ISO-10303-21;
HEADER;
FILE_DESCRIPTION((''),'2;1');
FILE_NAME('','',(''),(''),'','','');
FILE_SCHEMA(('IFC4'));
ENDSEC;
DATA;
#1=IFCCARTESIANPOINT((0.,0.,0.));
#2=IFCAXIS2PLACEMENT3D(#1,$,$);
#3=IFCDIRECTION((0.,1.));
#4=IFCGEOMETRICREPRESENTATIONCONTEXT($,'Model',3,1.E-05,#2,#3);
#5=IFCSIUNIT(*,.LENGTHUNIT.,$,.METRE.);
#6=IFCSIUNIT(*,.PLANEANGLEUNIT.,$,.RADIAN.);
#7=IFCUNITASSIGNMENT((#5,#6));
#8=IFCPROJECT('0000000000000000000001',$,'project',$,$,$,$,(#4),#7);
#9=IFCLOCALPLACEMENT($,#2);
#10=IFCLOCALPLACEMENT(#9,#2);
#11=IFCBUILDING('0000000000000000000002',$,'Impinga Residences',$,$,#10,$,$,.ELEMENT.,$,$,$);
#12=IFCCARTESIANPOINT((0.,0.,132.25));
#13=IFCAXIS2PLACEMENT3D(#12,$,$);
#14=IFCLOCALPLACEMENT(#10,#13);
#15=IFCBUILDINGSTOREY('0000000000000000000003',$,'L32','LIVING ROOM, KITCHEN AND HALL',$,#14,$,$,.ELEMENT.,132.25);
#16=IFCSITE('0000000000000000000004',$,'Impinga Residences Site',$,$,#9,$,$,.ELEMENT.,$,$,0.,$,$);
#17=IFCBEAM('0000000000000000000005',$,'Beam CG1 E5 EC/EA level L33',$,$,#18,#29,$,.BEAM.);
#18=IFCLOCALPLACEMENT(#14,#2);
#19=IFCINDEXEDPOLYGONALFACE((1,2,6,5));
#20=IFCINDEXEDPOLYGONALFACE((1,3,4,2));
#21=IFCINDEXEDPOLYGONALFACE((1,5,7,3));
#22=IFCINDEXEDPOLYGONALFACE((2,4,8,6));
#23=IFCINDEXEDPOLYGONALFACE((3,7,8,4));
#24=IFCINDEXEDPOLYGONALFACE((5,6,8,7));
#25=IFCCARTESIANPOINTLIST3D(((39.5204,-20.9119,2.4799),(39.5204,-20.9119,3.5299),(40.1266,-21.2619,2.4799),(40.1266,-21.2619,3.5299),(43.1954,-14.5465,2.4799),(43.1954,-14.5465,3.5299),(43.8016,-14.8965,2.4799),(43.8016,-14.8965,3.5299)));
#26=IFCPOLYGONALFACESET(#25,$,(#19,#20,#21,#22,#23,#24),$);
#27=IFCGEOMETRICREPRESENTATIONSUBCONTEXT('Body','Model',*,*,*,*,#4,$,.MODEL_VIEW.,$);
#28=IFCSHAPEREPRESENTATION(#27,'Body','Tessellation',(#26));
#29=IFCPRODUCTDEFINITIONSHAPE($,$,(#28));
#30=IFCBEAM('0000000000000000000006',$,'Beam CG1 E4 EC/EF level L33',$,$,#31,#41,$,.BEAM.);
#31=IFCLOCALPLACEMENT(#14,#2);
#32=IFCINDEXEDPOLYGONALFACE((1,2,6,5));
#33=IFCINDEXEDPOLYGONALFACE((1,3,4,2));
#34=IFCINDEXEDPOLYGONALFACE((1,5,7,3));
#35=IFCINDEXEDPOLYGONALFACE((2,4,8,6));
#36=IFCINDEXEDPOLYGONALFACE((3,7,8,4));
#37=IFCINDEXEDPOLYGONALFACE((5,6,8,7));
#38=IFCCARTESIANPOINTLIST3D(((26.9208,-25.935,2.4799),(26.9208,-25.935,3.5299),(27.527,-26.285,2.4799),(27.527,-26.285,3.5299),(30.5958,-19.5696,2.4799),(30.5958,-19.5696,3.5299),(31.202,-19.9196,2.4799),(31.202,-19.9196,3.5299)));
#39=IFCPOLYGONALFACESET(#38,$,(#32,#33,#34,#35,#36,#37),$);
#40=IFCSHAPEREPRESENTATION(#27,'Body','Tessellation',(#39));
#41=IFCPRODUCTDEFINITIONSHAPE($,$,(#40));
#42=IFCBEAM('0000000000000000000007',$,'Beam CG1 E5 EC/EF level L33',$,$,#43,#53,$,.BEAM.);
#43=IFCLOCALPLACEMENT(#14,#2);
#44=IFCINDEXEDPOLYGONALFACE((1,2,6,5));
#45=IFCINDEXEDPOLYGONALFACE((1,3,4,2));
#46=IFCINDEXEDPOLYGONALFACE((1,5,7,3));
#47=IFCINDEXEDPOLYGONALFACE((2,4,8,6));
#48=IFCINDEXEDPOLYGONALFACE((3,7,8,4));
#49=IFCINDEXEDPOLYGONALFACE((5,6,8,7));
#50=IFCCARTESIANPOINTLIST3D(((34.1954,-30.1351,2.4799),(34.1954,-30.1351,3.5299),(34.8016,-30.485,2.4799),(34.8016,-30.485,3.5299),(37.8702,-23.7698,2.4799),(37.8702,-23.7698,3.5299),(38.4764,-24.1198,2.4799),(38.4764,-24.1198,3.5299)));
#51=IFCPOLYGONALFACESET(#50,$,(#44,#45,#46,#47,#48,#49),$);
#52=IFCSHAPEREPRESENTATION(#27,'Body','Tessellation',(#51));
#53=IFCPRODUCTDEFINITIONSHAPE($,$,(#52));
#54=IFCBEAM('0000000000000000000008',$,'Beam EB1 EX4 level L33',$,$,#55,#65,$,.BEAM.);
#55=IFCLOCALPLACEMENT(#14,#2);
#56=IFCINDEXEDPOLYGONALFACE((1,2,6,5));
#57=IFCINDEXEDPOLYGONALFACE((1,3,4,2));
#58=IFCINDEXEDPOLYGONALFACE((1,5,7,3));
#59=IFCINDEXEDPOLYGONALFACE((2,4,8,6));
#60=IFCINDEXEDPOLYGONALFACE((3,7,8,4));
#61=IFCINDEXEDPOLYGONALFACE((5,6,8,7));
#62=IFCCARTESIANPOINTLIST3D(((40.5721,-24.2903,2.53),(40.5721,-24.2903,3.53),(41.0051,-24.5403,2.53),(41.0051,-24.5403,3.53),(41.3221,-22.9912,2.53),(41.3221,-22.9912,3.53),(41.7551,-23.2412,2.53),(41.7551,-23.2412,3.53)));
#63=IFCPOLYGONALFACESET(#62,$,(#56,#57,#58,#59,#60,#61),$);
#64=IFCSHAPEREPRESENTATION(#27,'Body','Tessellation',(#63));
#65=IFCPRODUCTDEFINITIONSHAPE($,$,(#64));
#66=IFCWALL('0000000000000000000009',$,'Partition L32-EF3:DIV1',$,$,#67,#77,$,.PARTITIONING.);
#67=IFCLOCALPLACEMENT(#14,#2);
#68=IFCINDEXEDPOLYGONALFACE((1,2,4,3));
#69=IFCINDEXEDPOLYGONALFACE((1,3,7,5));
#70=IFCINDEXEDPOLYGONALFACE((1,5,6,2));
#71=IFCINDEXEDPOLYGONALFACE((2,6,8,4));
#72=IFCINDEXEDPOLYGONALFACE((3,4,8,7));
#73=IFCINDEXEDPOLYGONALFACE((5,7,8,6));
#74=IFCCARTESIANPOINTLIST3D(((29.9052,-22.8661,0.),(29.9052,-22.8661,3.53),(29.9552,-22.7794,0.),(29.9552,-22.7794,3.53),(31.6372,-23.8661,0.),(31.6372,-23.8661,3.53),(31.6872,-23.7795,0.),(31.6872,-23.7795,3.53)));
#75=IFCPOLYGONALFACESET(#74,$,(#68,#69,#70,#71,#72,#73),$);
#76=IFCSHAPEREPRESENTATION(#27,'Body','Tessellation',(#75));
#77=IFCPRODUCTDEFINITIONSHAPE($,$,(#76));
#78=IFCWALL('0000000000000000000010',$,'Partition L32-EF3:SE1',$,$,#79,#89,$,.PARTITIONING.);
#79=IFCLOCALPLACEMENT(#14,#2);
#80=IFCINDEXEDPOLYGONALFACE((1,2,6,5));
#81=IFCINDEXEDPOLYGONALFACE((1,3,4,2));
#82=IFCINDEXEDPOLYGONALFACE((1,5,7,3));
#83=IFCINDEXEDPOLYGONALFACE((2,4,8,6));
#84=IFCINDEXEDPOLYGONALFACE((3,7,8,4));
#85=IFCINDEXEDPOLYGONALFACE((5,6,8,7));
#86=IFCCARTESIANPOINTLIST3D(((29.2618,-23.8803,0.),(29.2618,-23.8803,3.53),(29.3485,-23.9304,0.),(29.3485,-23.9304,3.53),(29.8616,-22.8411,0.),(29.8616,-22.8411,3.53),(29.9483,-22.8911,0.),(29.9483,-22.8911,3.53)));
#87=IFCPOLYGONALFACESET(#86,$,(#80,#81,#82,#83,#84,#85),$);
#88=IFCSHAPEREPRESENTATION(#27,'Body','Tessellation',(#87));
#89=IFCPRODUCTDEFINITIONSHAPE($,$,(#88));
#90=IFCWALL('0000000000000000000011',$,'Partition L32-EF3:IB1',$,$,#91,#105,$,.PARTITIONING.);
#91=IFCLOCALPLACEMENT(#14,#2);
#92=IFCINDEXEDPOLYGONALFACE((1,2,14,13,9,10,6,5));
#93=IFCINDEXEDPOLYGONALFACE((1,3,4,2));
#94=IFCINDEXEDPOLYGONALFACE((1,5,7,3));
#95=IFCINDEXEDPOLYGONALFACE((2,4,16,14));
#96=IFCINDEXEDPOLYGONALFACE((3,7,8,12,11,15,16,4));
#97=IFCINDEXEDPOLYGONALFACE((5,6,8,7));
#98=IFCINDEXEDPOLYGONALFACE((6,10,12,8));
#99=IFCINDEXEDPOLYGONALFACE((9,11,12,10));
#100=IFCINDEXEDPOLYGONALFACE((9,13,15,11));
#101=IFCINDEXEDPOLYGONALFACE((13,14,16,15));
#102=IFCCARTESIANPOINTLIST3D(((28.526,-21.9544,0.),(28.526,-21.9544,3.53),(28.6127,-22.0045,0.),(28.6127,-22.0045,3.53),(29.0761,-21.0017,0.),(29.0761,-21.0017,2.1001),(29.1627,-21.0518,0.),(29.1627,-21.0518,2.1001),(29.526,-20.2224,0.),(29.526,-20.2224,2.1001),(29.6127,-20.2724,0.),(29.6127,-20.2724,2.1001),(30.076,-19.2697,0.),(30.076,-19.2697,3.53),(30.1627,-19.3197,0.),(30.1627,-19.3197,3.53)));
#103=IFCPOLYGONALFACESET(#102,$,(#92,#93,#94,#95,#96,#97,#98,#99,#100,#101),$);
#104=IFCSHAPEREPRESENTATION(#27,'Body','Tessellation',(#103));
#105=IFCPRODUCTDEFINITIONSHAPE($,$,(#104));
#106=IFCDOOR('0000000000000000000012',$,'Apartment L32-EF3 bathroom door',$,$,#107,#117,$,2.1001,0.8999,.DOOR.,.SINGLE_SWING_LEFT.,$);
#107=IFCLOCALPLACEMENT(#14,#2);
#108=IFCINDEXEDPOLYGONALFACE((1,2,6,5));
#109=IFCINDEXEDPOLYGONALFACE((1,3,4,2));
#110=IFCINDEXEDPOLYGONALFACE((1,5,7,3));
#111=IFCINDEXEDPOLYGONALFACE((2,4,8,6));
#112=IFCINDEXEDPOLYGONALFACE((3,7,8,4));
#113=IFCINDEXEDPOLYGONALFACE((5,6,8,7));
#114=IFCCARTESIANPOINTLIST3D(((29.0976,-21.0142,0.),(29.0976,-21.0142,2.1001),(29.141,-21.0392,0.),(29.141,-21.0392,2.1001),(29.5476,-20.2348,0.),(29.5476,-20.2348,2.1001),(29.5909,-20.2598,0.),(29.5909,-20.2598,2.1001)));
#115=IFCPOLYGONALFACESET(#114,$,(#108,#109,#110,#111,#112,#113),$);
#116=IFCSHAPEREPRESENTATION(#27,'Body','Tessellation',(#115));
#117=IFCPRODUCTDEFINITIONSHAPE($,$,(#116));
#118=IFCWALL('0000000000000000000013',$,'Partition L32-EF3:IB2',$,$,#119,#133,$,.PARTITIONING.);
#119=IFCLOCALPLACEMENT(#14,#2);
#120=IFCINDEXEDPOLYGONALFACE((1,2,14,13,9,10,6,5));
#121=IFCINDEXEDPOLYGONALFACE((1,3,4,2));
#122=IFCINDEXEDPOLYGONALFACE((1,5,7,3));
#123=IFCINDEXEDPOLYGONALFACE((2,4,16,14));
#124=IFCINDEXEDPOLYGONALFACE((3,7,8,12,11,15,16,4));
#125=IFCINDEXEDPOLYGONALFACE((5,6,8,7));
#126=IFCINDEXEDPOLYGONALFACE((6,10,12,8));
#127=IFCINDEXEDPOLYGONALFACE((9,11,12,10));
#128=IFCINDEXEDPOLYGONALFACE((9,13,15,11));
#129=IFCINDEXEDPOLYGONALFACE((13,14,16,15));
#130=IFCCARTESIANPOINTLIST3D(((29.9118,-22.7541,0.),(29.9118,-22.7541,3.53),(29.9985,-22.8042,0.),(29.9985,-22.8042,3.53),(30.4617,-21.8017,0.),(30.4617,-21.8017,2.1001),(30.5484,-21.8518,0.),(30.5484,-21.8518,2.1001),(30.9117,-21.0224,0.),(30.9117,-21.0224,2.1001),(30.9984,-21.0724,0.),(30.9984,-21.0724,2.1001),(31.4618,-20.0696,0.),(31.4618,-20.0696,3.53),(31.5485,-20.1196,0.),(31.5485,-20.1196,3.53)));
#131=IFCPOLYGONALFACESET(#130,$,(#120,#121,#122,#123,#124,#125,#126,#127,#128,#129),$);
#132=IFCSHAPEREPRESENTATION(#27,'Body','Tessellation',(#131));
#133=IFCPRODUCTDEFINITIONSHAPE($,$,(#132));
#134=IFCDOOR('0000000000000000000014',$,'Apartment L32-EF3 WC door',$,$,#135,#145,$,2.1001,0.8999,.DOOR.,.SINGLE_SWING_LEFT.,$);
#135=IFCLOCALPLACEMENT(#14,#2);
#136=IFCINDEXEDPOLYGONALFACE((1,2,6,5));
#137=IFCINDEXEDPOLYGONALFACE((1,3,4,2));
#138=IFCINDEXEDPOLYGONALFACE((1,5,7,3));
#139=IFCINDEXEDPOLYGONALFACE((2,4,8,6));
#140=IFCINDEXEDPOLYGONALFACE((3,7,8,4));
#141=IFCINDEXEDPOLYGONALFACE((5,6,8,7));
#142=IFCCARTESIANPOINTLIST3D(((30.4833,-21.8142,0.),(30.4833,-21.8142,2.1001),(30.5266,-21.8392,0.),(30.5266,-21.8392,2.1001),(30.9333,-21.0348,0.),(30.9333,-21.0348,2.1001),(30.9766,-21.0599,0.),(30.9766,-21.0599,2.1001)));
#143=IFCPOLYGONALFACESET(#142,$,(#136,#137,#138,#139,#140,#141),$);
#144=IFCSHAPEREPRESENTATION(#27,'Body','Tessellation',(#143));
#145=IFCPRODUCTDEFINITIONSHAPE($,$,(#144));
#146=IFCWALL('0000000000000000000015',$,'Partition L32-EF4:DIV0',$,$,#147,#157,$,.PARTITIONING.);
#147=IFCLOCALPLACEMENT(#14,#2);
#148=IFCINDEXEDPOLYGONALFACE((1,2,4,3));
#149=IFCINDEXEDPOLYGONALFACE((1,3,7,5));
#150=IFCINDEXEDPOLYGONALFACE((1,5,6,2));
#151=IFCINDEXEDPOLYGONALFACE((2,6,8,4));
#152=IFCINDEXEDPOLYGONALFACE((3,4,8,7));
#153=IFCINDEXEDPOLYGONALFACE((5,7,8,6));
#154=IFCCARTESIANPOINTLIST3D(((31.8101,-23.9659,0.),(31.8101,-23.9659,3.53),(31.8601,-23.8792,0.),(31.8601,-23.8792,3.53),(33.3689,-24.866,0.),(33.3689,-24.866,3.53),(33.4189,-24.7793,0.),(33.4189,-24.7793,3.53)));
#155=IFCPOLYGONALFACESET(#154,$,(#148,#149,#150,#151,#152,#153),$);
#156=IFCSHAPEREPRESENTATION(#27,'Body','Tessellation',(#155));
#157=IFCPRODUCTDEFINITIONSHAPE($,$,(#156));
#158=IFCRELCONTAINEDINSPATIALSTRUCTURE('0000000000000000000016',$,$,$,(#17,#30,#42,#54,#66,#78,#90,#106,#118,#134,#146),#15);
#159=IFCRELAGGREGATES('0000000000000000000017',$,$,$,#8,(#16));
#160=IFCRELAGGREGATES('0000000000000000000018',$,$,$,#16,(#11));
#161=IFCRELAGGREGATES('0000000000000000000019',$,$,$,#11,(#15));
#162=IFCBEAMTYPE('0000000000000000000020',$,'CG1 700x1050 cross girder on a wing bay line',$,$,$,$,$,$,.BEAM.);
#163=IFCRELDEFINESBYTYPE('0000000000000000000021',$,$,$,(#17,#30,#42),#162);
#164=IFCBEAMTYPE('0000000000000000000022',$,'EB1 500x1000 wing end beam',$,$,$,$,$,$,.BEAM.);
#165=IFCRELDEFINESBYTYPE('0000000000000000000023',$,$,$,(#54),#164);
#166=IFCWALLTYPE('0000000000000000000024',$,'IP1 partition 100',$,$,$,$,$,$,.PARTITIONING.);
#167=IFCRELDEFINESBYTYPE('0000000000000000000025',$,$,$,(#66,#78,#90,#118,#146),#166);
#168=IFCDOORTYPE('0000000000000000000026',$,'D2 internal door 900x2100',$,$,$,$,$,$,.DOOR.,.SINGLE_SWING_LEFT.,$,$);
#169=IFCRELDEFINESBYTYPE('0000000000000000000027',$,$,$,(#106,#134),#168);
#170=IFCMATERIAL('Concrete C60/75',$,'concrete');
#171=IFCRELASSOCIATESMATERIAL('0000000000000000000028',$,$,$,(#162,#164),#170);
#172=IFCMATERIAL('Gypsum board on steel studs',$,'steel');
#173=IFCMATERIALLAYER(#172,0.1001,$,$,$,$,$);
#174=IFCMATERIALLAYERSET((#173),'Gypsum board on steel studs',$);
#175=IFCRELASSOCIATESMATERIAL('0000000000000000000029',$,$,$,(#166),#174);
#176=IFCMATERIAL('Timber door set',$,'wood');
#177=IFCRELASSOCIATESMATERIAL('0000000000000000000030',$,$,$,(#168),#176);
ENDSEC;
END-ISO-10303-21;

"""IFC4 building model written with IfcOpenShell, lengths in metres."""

from ifc_helpers import new_model, si_unit, direction, frame, frame_2d, origin, origin_2d, place, context, subcontext, project, spatial, rectangle, extrude, material, layer, layer_set, material_profile, profile_set, type_object, element, fill, save


model = new_model("IFC4")

# Units and contexts
model_context = context("Model", 3, precision=1e-05, world=origin(), true_north=direction((0.0, 1.0)))
body_context = subcontext(model_context, "Body", "Model", "MODEL_VIEW")
ifc_project = project(units=[si_unit("LENGTHUNIT", "METRE"), si_unit("PLANEANGLEUNIT", "RADIAN")], contexts=[model_context])

# Site, building, storey
site_placement = place(None, origin())
site = spatial("IfcSite", under=ifc_project, at=site_placement, Name="Impinga Residences Site", CompositionType="ELEMENT", RefElevation=0.0)
building_placement = place(site_placement, origin())
building = spatial("IfcBuilding", under=site, at=building_placement, Name="Impinga Residences", CompositionType="ELEMENT")
storey_placement = place(building_placement, frame((0.0, 0.0, 132.25)))
storey = spatial("IfcBuildingStorey", under=building, at=storey_placement, Name="L32", Description="LIVING ROOM, KITCHEN AND HALL", CompositionType="ELEMENT", Elevation=132.25)

# Beams
ifc_material_1 = material(Name="Concrete C60/75", Category="concrete")
ifc_material_profile_1 = material_profile(ifc_material_1, rectangle(XDim=0.7, YDim=1.05, at=origin_2d()), Name="RC 700x1050")
ifc_profile_set_1 = profile_set([ifc_material_profile_1], Name="Concrete C60/75")
beam_type_1 = type_object("IfcBeamType", Name="CG1 700x1050 cross girder on a wing bay line", PredefinedType="BEAM", material=ifc_profile_set_1)
for number, where, z_axis, x_axis, name in (
    (1, (39.8235, -21.0869, 3.0049), (0.499994, 0.866029, 0.0), (-0.866029, 0.499994, 0.0), "Beam CG1 E5 EC/EA level L33"),
    (2, (30.8989, -19.7446, 3.0049), (-0.499994, -0.866029, 0.0), (0.866029, -0.499994, 0.0), "Beam CG1 E4 EC/EF level L33"),
):
    element("IfcBeam", number, at=place(storey_placement, frame(where, z_axis=z_axis, x_axis=x_axis)), inside=storey, type_object=beam_type_1, Name=name, PredefinedType="BEAM", context=body_context, shape_type="SweptSolid", body=[
        extrude(rectangle(XDim=0.7, YDim=1.05, at=origin_2d()), origin(), (0.0, 0.0, 1.0), 7.3501),
    ])
beam_1_placement = place(storey_placement, frame((38.1733, -23.9448, 3.0049), z_axis=(-0.499983, -0.866035, 0.0), x_axis=(0.866035, -0.499983, 0.0)))
element("IfcBeam", 3, at=beam_1_placement, inside=storey, type_object=beam_type_1, Name="Beam CG1 E5 EC/EF level L33", PredefinedType="BEAM", context=body_context, shape_type="SweptSolid", body=[
    extrude(rectangle(XDim=0.7, YDim=1.05, at=origin_2d()), origin(), (0.0, 0.0, 1.0), 7.3499),
])
ifc_material_profile_2 = material_profile(ifc_material_1, rectangle(XDim=0.5, YDim=1.0, at=origin_2d()), Name="RC 500x1000")
ifc_profile_set_2 = profile_set([ifc_material_profile_2], Name="Concrete C60/75")
beam_type_2 = type_object("IfcBeamType", Name="EB1 500x1000 wing end beam", PredefinedType="BEAM", material=ifc_profile_set_2)
beam_2_placement = place(storey_placement, frame((41.5386, -23.1162, 3.03), z_axis=(-0.49999, -0.866031, 0.0), x_axis=(0.866031, -0.49999, 0.0)))
element("IfcBeam", 4, at=beam_2_placement, inside=storey, type_object=beam_type_2, Name="Beam EB1 EX4 level L33", PredefinedType="BEAM", context=body_context, shape_type="SweptSolid", body=[
    extrude(rectangle(XDim=0.5, YDim=1.0, at=origin_2d()), origin(), (0.0, 0.0, 1.0), 1.5),
])

# Walls
ifc_material_2 = material(Name="Gypsum board on steel studs", Category="steel")
ifc_layer_1 = layer(ifc_material_2, 0.1001)
ifc_layer_set_1 = layer_set([ifc_layer_1], Name="Gypsum board on steel studs")
wall_type_1 = type_object("IfcWallType", Name="IP1 partition 100", PredefinedType="PARTITIONING", material=ifc_layer_set_1)
wall_1_placement = place(storey_placement, frame((29.9302, -22.8228, 0.0), z_axis=(0.0, 0.0, 1.0), x_axis=(0.866011, -0.500025, 0.0)))
element("IfcWall", 5, at=wall_1_placement, inside=storey, type_object=wall_type_1, Name="Partition L32-EF3:DIV1", PredefinedType="PARTITIONING", context=body_context, shape_type="SweptSolid", body=[
    extrude(rectangle(XDim=2.0, YDim=0.1001, at=frame_2d((1.0, 0.0))), origin(), (0.0, 0.0, 1.0), 3.53),
])
wall_2_placement = place(storey_placement, frame((29.905, -22.866, 0.0), z_axis=(0.0, 0.0, 1.0), x_axis=(-0.499881, -0.866094, 0.0)))
element("IfcWall", 6, at=wall_2_placement, inside=storey, type_object=wall_type_1, Name="Partition L32-EF3:SE1", PredefinedType="PARTITIONING", context=body_context, shape_type="SweptSolid", body=[
    extrude(rectangle(XDim=1.2, YDim=0.1001, at=frame_2d((0.6001, 0.0))), origin(), (0.0, 0.0, 1.0), 3.53),
])

# Walls, openings, doors
wall_3_placement = place(storey_placement, frame((30.1194, -19.2947, 0.0), z_axis=(0.0, 0.0, 1.0), x_axis=(-0.499993, -0.86603, 0.0)))
wall_3 = element("IfcWall", 7, at=wall_3_placement, inside=storey, type_object=wall_type_1, Name="Partition L32-EF3:IB1", PredefinedType="PARTITIONING", context=body_context, shape_type="SweptSolid", body=[
    extrude(rectangle(XDim=3.1001, YDim=0.1001, at=frame_2d((1.55, 0.0))), origin(), (0.0, 0.0, 1.0), 3.53),
])
opening_1_placement = place(wall_3_placement, frame((1.1001, 0.0, 0.0)))
opening_1 = element("IfcOpeningElement", 8, at=opening_1_placement, cuts=wall_3, PredefinedType="OPENING", context=body_context, shape_type="SweptSolid", body=[
    extrude(rectangle(XDim=0.8999, YDim=2.1001, at=frame_2d((0.45, 1.05))), frame((0.0, 0.0601, 0.0), z_axis=(0.0, -1.0, 0.0), x_axis=(1.0, 0.0, 0.0)), (0.0, 0.0, 1.0), 0.1201),
])
ifc_material_3 = material(Name="Timber door set", Category="wood")
door_type = type_object("IfcDoorType", Name="D2 internal door 900x2100", OperationType="SINGLE_SWING_LEFT", PredefinedType="DOOR", material=ifc_material_3)
door_1_placement = place(opening_1_placement, origin())
door_1 = element("IfcDoor", 9, at=door_1_placement, inside=storey, type_object=door_type, Name="Apartment L32-EF3 bathroom door", OperationType="SINGLE_SWING_LEFT", OverallHeight=2.1001, OverallWidth=0.8999, PredefinedType="DOOR", context=body_context, shape_type="SweptSolid", body=[
    extrude(rectangle(XDim=0.8999, YDim=2.1001, at=frame_2d((0.45, 1.05))), frame((0.0, 0.0249, 0.0), z_axis=(0.0, -1.0, 0.0), x_axis=(1.0, 0.0, 0.0)), (0.0, 0.0, 1.0), 0.05),
])
fill(opening_1, door_1)
wall_4_placement = place(storey_placement, frame((31.5051, -20.0947, 0.0), z_axis=(0.0, 0.0, 1.0), x_axis=(-0.500027, -0.86601, 0.0)))
wall_4 = element("IfcWall", 10, at=wall_4_placement, inside=storey, type_object=wall_type_1, Name="Partition L32-EF3:IB2", PredefinedType="PARTITIONING", context=body_context, shape_type="SweptSolid", body=[
    extrude(rectangle(XDim=3.0999, YDim=0.1001, at=frame_2d((1.5498, 0.0))), origin(), (0.0, 0.0, 1.0), 3.53),
])
opening_2_placement = place(wall_4_placement, frame((1.1001, 0.0, 0.0)))
opening_2 = element("IfcOpeningElement", 11, at=opening_2_placement, cuts=wall_4, PredefinedType="OPENING", context=body_context, shape_type="SweptSolid", body=[
    extrude(rectangle(XDim=0.8999, YDim=2.1001, at=frame_2d((0.45, 1.05))), frame((0.0, 0.0601, 0.0), z_axis=(0.0, -1.0, 0.0), x_axis=(1.0, 0.0, 0.0)), (0.0, 0.0, 1.0), 0.1201),
])
door_2_placement = place(opening_2_placement, origin())
door_2 = element("IfcDoor", 12, at=door_2_placement, inside=storey, type_object=door_type, Name="Apartment L32-EF3 WC door", OperationType="SINGLE_SWING_LEFT", OverallHeight=2.1001, OverallWidth=0.8999, PredefinedType="DOOR", context=body_context, shape_type="SweptSolid", body=[
    extrude(rectangle(XDim=0.8999, YDim=2.1001, at=frame_2d((0.45, 1.05))), frame((0.0, 0.0249, 0.0), z_axis=(0.0, -1.0, 0.0), x_axis=(1.0, 0.0, 0.0)), (0.0, 0.0, 1.0), 0.05),
])
fill(opening_2, door_2)

# Wall
wall_5_placement = place(storey_placement, frame((31.8352, -23.9226, 0.0), z_axis=(0.0, 0.0, 1.0), x_axis=(0.865989, -0.500063, 0.0)))
element("IfcWall", 13, at=wall_5_placement, inside=storey, type_object=wall_type_1, Name="Partition L32-EF4:DIV0", PredefinedType="PARTITIONING", context=body_context, shape_type="SweptSolid", body=[
    extrude(rectangle(XDim=1.8, YDim=0.1001, at=frame_2d((0.8999, 0.0))), origin(), (0.0, 0.0, 1.0), 3.53),
])

save(model, "model.ifc")
